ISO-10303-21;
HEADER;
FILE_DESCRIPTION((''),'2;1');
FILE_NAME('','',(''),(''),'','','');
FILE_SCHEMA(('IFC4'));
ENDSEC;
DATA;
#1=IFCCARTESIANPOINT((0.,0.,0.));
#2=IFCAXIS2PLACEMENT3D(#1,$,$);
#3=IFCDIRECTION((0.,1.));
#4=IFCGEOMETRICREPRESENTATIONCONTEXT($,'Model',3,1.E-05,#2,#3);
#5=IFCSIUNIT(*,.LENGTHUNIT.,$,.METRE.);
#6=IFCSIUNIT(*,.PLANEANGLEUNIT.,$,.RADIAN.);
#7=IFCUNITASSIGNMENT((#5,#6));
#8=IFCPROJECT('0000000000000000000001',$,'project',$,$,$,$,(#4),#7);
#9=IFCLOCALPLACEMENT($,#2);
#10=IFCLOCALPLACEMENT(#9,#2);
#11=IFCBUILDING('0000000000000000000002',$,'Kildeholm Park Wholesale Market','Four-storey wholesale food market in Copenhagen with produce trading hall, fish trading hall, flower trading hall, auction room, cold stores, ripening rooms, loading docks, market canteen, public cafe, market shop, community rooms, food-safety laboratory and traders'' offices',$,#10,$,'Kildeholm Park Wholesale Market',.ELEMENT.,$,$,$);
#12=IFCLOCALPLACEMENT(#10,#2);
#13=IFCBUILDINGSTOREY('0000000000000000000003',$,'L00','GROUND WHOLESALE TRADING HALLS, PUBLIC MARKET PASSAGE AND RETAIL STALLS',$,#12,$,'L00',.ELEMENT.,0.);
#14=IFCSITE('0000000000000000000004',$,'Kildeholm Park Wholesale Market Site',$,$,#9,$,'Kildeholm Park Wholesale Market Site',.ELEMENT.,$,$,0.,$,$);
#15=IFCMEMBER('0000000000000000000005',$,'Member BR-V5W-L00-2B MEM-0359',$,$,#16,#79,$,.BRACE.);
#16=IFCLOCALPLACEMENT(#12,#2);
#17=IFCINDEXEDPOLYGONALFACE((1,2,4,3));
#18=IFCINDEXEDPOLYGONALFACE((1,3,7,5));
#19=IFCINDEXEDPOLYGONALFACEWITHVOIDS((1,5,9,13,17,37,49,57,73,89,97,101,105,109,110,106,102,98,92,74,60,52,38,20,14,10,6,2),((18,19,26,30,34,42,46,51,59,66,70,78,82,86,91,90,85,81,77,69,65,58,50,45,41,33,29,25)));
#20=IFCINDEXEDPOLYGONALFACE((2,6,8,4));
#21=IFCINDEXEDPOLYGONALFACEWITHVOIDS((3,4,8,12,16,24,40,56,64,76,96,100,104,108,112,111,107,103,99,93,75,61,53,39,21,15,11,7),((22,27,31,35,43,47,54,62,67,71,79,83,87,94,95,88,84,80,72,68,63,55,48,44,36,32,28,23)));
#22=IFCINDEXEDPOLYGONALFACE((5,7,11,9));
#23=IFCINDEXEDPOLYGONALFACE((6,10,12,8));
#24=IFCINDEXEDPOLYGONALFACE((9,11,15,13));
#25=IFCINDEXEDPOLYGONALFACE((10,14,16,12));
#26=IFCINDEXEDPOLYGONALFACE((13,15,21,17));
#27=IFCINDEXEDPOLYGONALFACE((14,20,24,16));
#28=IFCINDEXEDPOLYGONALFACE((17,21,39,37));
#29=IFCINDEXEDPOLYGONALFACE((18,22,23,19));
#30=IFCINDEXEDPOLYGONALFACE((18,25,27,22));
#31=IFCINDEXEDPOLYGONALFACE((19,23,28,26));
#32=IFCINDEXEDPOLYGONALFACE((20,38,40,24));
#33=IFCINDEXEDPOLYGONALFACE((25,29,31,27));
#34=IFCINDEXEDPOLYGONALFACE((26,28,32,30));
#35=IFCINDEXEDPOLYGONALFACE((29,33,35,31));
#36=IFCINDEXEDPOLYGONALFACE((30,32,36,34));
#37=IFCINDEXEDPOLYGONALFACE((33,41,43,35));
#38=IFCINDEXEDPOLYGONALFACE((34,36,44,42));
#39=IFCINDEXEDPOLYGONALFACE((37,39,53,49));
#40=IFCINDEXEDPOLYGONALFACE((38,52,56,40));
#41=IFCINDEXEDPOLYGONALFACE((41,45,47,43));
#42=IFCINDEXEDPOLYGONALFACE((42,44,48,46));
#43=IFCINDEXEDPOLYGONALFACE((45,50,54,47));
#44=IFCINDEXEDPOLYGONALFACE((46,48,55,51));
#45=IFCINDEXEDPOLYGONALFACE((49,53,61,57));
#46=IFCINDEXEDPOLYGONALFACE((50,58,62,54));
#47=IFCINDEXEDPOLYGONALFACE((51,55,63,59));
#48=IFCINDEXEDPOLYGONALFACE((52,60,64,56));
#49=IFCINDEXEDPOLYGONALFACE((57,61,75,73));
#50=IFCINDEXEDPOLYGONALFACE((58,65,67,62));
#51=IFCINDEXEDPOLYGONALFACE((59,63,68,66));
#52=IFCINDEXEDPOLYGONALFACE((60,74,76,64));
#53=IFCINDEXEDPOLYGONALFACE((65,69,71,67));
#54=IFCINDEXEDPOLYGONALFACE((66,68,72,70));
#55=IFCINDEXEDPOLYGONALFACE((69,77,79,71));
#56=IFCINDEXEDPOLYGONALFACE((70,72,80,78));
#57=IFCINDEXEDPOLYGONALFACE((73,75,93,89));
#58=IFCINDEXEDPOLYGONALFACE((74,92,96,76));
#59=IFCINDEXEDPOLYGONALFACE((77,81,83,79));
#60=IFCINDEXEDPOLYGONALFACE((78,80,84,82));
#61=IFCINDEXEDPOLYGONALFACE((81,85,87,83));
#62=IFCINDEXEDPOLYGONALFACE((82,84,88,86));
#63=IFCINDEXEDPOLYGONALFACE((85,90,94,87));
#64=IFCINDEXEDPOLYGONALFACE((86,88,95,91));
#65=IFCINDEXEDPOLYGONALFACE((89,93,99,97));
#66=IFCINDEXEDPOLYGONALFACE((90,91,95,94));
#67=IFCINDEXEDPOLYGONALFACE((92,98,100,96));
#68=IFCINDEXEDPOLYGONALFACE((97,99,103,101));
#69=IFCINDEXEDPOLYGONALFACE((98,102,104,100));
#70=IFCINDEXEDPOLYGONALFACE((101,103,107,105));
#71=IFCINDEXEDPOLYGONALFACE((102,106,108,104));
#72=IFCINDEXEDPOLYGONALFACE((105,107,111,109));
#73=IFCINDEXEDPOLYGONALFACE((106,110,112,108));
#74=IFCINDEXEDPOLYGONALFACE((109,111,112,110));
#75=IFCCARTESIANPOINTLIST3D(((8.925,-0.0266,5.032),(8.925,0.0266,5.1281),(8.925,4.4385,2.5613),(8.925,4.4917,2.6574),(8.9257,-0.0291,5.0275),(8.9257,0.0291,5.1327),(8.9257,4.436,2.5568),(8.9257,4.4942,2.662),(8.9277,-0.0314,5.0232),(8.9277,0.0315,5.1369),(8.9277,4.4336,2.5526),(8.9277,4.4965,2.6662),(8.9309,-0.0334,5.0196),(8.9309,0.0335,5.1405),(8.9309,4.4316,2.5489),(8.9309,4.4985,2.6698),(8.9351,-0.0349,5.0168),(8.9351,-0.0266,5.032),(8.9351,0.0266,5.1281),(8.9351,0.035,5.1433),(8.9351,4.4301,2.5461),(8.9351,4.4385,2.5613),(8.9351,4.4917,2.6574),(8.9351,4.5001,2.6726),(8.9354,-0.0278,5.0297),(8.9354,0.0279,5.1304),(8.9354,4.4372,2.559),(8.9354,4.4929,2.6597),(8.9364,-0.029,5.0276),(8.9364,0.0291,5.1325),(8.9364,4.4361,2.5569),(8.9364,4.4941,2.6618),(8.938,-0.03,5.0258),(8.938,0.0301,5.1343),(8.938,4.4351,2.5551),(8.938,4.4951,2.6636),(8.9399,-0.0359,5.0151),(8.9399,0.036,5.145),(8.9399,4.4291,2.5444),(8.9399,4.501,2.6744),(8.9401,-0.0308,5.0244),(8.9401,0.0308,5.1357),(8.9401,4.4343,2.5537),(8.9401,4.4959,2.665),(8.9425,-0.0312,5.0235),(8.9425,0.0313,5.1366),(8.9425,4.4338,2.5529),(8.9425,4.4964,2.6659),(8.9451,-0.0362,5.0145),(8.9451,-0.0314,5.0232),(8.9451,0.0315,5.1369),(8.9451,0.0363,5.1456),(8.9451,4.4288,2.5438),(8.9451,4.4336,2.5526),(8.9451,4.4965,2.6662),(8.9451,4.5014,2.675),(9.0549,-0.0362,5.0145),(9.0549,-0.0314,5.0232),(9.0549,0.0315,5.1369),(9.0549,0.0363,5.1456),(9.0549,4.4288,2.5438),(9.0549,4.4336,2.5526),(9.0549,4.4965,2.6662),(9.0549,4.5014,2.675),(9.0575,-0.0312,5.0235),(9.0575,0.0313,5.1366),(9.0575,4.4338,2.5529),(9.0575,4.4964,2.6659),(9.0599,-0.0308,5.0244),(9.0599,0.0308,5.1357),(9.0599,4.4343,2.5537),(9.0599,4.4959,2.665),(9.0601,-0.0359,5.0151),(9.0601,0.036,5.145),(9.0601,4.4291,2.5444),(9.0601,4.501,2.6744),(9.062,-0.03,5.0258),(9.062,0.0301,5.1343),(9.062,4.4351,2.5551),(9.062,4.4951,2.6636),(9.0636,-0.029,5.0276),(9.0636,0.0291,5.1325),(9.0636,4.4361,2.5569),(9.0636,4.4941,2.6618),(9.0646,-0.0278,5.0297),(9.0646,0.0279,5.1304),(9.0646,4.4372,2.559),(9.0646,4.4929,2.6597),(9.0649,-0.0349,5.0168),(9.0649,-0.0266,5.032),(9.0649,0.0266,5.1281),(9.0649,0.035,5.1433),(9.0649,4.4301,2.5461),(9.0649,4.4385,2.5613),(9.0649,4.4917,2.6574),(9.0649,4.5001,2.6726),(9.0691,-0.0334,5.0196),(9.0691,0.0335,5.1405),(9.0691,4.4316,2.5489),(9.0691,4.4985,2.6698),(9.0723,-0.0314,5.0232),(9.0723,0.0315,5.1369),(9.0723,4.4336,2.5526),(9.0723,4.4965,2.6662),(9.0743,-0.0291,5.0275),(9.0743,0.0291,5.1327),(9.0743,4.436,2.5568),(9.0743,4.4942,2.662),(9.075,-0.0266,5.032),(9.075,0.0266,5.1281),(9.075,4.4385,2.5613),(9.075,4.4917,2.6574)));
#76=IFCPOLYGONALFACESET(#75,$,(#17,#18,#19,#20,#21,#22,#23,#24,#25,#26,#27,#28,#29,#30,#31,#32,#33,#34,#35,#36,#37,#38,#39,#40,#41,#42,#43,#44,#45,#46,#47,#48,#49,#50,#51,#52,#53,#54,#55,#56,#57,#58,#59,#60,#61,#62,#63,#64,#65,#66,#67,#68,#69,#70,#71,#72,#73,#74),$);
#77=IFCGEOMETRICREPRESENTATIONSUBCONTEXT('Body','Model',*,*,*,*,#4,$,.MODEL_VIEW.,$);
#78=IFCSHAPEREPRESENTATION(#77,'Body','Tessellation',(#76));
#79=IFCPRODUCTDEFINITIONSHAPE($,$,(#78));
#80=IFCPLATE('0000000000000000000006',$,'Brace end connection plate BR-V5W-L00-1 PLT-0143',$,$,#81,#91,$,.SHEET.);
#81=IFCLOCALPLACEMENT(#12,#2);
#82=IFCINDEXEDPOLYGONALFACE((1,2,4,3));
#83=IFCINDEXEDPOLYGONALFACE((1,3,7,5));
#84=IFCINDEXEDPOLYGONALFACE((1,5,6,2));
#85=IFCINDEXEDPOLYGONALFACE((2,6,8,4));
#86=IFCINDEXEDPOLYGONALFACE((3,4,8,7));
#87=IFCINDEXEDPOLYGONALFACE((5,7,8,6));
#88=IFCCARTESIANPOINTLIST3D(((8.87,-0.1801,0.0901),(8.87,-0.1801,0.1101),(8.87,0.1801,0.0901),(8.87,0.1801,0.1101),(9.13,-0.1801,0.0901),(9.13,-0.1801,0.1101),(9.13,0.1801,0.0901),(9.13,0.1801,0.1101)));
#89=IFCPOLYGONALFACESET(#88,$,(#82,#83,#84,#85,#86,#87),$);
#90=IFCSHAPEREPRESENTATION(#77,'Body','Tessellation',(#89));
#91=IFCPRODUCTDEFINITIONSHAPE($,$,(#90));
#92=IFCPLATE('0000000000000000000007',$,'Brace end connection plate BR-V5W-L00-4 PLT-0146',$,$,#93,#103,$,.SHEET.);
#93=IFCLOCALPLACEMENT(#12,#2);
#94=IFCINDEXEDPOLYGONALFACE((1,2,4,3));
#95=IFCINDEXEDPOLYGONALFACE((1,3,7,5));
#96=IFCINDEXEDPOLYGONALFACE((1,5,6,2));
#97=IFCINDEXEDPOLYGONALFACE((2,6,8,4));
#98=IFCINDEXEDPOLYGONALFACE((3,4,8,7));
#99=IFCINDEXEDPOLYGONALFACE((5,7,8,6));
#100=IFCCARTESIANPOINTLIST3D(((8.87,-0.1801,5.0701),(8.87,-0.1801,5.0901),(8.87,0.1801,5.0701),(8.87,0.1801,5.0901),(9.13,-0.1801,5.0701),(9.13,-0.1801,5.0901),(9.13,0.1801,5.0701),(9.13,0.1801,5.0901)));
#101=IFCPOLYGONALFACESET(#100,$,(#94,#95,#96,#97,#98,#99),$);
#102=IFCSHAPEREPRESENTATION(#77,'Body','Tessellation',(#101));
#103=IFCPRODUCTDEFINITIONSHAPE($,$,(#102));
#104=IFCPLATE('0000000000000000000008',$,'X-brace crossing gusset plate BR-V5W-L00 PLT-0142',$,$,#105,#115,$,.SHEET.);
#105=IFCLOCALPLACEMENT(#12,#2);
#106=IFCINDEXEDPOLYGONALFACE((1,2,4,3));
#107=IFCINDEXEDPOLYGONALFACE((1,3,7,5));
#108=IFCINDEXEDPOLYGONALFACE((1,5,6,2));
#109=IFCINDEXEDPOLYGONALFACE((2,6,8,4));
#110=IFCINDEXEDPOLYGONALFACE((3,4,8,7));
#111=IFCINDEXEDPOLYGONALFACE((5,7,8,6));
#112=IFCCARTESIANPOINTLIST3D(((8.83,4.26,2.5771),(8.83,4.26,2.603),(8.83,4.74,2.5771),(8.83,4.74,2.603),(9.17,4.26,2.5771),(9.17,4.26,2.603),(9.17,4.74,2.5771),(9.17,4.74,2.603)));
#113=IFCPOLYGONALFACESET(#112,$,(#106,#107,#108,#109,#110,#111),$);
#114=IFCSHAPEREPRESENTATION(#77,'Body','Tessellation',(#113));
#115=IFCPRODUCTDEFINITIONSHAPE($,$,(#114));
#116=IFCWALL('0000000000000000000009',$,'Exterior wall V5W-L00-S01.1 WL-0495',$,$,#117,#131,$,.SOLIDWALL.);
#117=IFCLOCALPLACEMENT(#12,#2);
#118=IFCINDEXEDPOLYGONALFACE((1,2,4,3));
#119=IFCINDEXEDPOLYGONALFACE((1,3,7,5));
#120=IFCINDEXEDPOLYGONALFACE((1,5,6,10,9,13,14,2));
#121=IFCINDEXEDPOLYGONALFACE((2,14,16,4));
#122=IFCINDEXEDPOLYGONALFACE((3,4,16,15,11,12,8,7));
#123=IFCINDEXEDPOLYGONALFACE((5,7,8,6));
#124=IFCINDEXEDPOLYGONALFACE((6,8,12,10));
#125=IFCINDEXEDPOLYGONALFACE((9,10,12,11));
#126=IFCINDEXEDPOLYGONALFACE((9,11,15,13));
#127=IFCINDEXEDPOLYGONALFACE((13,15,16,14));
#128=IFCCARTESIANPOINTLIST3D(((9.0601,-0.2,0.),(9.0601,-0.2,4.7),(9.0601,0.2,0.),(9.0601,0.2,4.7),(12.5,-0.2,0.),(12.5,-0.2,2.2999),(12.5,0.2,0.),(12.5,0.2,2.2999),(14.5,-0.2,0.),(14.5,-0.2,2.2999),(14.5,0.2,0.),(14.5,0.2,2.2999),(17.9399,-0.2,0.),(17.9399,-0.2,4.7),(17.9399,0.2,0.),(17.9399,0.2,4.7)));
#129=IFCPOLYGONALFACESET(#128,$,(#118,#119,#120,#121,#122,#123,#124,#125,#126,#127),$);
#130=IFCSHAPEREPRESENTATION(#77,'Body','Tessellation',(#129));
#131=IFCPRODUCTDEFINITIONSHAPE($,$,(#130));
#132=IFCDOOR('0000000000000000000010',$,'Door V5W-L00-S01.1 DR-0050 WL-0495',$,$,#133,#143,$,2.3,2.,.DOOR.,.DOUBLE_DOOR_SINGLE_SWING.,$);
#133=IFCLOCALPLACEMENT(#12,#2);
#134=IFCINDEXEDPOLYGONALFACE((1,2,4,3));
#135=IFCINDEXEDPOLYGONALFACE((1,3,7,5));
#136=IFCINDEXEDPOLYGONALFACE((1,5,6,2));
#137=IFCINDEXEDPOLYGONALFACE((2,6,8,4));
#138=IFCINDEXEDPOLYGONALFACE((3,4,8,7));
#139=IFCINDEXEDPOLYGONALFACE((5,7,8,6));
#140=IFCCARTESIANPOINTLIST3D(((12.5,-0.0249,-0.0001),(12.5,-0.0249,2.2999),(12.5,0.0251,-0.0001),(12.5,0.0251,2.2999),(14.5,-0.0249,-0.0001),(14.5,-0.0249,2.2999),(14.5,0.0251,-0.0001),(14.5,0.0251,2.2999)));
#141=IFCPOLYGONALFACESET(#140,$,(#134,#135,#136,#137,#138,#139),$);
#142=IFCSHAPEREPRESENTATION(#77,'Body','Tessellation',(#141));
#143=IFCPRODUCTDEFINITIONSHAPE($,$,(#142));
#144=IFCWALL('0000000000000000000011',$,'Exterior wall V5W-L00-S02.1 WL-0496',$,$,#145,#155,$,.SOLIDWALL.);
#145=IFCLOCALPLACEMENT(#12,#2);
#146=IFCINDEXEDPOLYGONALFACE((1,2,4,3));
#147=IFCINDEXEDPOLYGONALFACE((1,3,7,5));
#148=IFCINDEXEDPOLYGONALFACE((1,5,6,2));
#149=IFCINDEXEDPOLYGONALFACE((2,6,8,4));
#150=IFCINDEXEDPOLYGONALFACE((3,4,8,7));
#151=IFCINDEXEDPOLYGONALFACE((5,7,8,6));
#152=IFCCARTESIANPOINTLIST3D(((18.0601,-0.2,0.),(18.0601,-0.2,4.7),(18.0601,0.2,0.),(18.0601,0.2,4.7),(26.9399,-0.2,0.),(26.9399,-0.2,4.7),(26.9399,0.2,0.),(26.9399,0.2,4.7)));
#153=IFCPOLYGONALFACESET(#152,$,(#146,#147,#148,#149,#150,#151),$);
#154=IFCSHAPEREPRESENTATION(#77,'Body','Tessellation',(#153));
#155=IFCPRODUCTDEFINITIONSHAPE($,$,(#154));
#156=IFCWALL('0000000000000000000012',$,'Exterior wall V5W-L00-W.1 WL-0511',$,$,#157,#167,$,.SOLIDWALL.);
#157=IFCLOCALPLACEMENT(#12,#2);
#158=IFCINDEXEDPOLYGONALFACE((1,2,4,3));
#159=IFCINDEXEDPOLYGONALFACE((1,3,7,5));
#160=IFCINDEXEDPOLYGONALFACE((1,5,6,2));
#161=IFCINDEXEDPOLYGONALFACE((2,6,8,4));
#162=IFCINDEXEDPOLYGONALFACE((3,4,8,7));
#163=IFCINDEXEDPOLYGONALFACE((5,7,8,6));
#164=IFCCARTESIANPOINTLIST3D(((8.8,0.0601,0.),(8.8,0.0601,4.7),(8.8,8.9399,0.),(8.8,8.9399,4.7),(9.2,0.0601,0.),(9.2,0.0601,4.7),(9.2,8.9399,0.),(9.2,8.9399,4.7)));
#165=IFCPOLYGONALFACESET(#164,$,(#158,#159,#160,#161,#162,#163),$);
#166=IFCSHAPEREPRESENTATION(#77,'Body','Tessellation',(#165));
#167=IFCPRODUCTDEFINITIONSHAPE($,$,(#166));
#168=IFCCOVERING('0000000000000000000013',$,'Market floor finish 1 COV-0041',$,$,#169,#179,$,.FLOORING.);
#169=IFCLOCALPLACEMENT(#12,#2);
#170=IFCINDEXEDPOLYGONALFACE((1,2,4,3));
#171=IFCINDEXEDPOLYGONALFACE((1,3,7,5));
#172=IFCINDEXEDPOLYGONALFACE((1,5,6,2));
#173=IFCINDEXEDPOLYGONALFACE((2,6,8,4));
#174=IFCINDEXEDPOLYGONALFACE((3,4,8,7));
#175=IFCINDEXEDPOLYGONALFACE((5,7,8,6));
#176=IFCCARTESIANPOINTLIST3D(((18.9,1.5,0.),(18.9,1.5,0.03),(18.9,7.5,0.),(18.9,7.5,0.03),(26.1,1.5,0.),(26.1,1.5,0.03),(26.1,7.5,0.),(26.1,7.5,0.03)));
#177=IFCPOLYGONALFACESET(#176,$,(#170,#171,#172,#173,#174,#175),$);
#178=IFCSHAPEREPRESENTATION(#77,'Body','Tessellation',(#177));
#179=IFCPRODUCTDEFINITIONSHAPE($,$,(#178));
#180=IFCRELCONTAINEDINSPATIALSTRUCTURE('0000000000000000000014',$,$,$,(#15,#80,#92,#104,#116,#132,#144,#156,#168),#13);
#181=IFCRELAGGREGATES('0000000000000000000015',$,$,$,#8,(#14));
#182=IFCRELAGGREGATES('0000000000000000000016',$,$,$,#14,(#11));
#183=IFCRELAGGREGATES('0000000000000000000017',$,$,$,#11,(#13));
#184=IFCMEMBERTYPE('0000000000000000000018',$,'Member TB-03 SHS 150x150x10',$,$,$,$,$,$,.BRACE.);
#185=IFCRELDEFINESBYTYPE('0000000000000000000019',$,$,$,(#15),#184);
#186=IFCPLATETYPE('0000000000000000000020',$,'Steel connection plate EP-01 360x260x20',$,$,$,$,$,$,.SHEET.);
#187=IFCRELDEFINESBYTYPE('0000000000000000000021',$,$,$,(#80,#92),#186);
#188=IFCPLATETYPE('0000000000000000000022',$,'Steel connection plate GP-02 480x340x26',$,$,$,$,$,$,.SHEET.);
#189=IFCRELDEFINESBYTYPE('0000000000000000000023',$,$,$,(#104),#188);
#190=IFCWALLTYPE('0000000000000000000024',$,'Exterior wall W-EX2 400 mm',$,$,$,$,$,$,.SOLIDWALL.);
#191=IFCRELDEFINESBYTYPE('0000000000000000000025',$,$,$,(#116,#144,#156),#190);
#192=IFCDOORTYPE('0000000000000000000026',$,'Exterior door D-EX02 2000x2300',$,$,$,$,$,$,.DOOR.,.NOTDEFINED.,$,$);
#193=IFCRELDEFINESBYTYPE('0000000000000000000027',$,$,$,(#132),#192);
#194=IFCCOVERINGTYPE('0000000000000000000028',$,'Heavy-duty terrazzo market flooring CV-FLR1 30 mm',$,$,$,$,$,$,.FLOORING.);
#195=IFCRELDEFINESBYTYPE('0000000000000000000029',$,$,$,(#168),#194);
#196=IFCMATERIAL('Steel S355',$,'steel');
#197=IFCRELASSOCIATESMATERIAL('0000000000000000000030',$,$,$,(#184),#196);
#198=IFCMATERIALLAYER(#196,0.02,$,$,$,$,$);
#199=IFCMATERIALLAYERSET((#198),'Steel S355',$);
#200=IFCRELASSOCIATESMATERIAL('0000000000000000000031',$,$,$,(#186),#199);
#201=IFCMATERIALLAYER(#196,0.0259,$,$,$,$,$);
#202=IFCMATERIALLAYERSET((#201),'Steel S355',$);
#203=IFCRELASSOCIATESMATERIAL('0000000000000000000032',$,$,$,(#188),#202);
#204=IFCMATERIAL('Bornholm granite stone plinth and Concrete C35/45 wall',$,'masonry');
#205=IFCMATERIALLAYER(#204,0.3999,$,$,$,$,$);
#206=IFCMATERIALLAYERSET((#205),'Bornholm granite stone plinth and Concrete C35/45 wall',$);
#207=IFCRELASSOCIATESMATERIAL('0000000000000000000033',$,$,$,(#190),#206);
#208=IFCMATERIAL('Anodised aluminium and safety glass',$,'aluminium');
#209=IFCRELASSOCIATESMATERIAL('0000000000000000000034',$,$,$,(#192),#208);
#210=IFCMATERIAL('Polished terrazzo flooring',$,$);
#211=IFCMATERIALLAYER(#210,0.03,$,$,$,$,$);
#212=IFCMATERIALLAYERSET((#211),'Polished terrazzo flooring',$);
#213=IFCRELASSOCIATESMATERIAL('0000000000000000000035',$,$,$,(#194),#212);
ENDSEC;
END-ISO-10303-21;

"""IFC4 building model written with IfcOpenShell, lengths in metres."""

from ifc_helpers import new_model, si_unit, direction, frame, frame_2d, origin, origin_2d, place, context, subcontext, project, spatial, rectangle, hollow_rectangle, extrude, material, layer, layer_set, material_profile, profile_set, type_object, element, fill, save


model = new_model("IFC4")

# Units and contexts
model_context = context("Model", 3, precision=1e-05, world=origin(), true_north=direction((0.0, 1.0)))
body_context = subcontext(model_context, "Body", "Model", "MODEL_VIEW")
ifc_project = project(units=[si_unit("LENGTHUNIT", "METRE"), si_unit("PLANEANGLEUNIT", "RADIAN")], contexts=[model_context])

# Site, building, storey
site_placement = place(None, origin())
site = spatial("IfcSite", under=ifc_project, at=site_placement, Name="Kildeholm Park Wholesale Market Site", LongName="Kildeholm Park Wholesale Market Site", CompositionType="ELEMENT", RefElevation=0.0)
building_placement = place(site_placement, origin())
building = spatial("IfcBuilding", under=site, at=building_placement, Name="Kildeholm Park Wholesale Market", Description="Four-storey wholesale food market in Copenhagen with produce trading hall, fish trading hall, flower trading hall, auction room, cold stores, ripening rooms, loading docks, market canteen, public cafe, market shop, community rooms, food-safety laboratory and traders' offices", LongName="Kildeholm Park Wholesale Market", CompositionType="ELEMENT")
storey_placement = place(building_placement, origin())
storey = spatial("IfcBuildingStorey", under=building, at=storey_placement, Name="L00", Description="GROUND WHOLESALE TRADING HALLS, PUBLIC MARKET PASSAGE AND RETAIL STALLS", LongName="L00", CompositionType="ELEMENT", Elevation=0.0)

# Shared definitions
ifc_material_1 = material(Name="Steel S355", Category="steel")

# Member
ifc_material_profile_1 = material_profile(ifc_material_1, hollow_rectangle(XDim=0.1499, YDim=0.1499, WallThickness=0.01, InnerFilletRadius=0.01, OuterFilletRadius=0.02, at=origin_2d()), Name="SHS 150x150x10")
ifc_profile_set_1 = profile_set([ifc_material_profile_1], Name="Steel S355")
member_type = type_object("IfcMemberType", Name="Member TB-03 SHS 150x150x10", PredefinedType="BRACE", material=ifc_profile_set_1)
for number, where, z_axis, x_axis, name in (
    (1, (9.0, 4.4651, 2.6094), (0.0, -0.87498, 0.48416), (1.0, 0.0, 0.0), "Member BR-V5W-L00-2B MEM-0359"),
):
    element("IfcMember", number, at=place(storey_placement, frame(where, z_axis=z_axis, x_axis=x_axis)), inside=storey, type_object=member_type, Name=name, PredefinedType="BRACE", context=body_context, shape_type="SweptSolid", body=[
        extrude(hollow_rectangle(XDim=0.1499, YDim=0.1499, WallThickness=0.01, InnerFilletRadius=0.01, OuterFilletRadius=0.02, at=origin_2d()), origin(), (0.0, 0.0, 1.0), 5.103),
    ])

# Plates
ifc_layer_1 = layer(ifc_material_1, 0.02)
ifc_layer_set_1 = layer_set([ifc_layer_1], Name="Steel S355")
plate_type_1 = type_object("IfcPlateType", Name="Steel connection plate EP-01 360x260x20", PredefinedType="SHEET", material=ifc_layer_set_1)
for number, where, z_axis, x_axis, name in (
    (2, (9.0, 0.0, 0.0901), (0.0, 0.0, 1.0), (0.0, 1.0, 0.0), "Brace end connection plate BR-V5W-L00-1 PLT-0143"),
    (3, (9.0, 0.0, 5.0701), (0.0, 0.0, 1.0), (0.0, 1.0, 0.0), "Brace end connection plate BR-V5W-L00-4 PLT-0146"),
):
    element("IfcPlate", number, at=place(storey_placement, frame(where, z_axis=z_axis, x_axis=x_axis)), inside=storey, type_object=plate_type_1, Name=name, PredefinedType="SHEET", context=body_context, shape_type="SweptSolid", body=[
        extrude(rectangle(XDim=0.3601, YDim=0.26, at=origin_2d()), origin(), (0.0, 0.0, 1.0), 0.02),
    ])
ifc_layer_2 = layer(ifc_material_1, 0.0259)
ifc_layer_set_2 = layer_set([ifc_layer_2], Name="Steel S355")
plate_type_2 = type_object("IfcPlateType", Name="Steel connection plate GP-02 480x340x26", PredefinedType="SHEET", material=ifc_layer_set_2)
plate_placement = place(storey_placement, frame((9.0, 4.5, 2.5771), z_axis=(0.0, 0.0, 1.0), x_axis=(0.0, 1.0, 0.0)))
element("IfcPlate", 4, at=plate_placement, inside=storey, type_object=plate_type_2, Name="X-brace crossing gusset plate BR-V5W-L00 PLT-0142", PredefinedType="SHEET", context=body_context, shape_type="SweptSolid", body=[
    extrude(rectangle(XDim=0.48, YDim=0.3401, at=origin_2d()), origin(), (0.0, 0.0, 1.0), 0.0259),
])

# Wall, opening, door
ifc_material_2 = material(Name="Bornholm granite stone plinth and Concrete C35/45 wall", Category="masonry")
ifc_layer_3 = layer(ifc_material_2, 0.3999)
ifc_layer_set_3 = layer_set([ifc_layer_3], Name="Bornholm granite stone plinth and Concrete C35/45 wall")
wall_type = type_object("IfcWallType", Name="Exterior wall W-EX2 400 mm", PredefinedType="SOLIDWALL", material=ifc_layer_set_3)
wall_placement = place(storey_placement, frame((9.0601, 0.0, 0.0), z_axis=(0.0, 0.0, 1.0), x_axis=(1.0, 0.0, 0.0)))
wall = element("IfcWall", 5, at=wall_placement, inside=storey, type_object=wall_type, Name="Exterior wall V5W-L00-S01.1 WL-0495", PredefinedType="SOLIDWALL", context=body_context, shape_type="SweptSolid", body=[
    extrude(rectangle(XDim=8.8799, YDim=0.3999, at=frame_2d((4.4399, 0.0))), origin(), (0.0, 0.0, 1.0), 4.7),
])
opening_placement = place(wall_placement, frame((3.4399, 0.0, 0.0)))
opening = element("IfcOpeningElement", 6, at=opening_placement, cuts=wall, PredefinedType="OPENING", context=body_context, shape_type="SweptSolid", body=[
    extrude(rectangle(XDim=2.0, YDim=2.3, at=frame_2d((1.0, 1.1499))), frame((0.0, 0.21, 0.0), z_axis=(0.0, -1.0, 0.0), x_axis=(1.0, 0.0, 0.0)), (0.0, 0.0, 1.0), 0.4199),
])
ifc_material_3 = material(Name="Anodised aluminium and safety glass", Category="aluminium")
door_type = type_object("IfcDoorType", Name="Exterior door D-EX02 2000x2300", OperationType="NOTDEFINED", PredefinedType="DOOR", material=ifc_material_3)
door_placement = place(opening_placement, frame((2.0, 0.0, 0.0), z_axis=(0.0, 0.0, 1.0), x_axis=(-1.0, 0.0, 0.0)))
door = element("IfcDoor", 7, at=door_placement, inside=storey, type_object=door_type, Name="Door V5W-L00-S01.1 DR-0050 WL-0495", OperationType="DOUBLE_DOOR_SINGLE_SWING", OverallHeight=2.3, OverallWidth=2.0, PredefinedType="DOOR", context=body_context, shape_type="SweptSolid", body=[
    extrude(rectangle(XDim=2.0, YDim=2.3, at=frame_2d((1.0, 1.1499))), frame((0.0, 0.0249, 0.0), z_axis=(0.0, -1.0, 0.0), x_axis=(1.0, 0.0, 0.0)), (0.0, 0.0, 1.0), 0.05),
])
fill(opening, door)

# Walls
for number, where, z_axis, x_axis, name in (
    (8, (18.0601, 0.0, 0.0), (0.0, 0.0, 1.0), (1.0, 0.0, 0.0), "Exterior wall V5W-L00-S02.1 WL-0496"),
    (9, (9.0, 0.0601, 0.0), (0.0, 0.0, 1.0), (0.0, 1.0, 0.0), "Exterior wall V5W-L00-W.1 WL-0511"),
):
    element("IfcWall", number, at=place(storey_placement, frame(where, z_axis=z_axis, x_axis=x_axis)), inside=storey, type_object=wall_type, Name=name, PredefinedType="SOLIDWALL", context=body_context, shape_type="SweptSolid", body=[
        extrude(rectangle(XDim=8.8799, YDim=0.3999, at=frame_2d((4.4399, 0.0))), origin(), (0.0, 0.0, 1.0), 4.7),
    ])

# Covering
ifc_material_4 = material(Name="Polished terrazzo flooring")
ifc_layer_4 = layer(ifc_material_4, 0.03)
ifc_layer_set_4 = layer_set([ifc_layer_4], Name="Polished terrazzo flooring")
covering_type_1 = type_object("IfcCoveringType", Name="Heavy-duty terrazzo market flooring CV-FLR1 30 mm", PredefinedType="FLOORING", material=ifc_layer_set_4)
covering_1_placement = place(storey_placement, frame((22.5, 4.5, 0.0), z_axis=(0.0, 0.0, 1.0), x_axis=(1.0, 0.0, 0.0)))
element("IfcCovering", 10, at=covering_1_placement, inside=storey, type_object=covering_type_1, Name="Market floor finish 1 COV-0041", PredefinedType="FLOORING", context=body_context, shape_type="SweptSolid", body=[
    extrude(rectangle(XDim=7.2, YDim=6.0, at=origin_2d()), origin(), (0.0, 0.0, 1.0), 0.03),
])

save(model, "model.ifc")
